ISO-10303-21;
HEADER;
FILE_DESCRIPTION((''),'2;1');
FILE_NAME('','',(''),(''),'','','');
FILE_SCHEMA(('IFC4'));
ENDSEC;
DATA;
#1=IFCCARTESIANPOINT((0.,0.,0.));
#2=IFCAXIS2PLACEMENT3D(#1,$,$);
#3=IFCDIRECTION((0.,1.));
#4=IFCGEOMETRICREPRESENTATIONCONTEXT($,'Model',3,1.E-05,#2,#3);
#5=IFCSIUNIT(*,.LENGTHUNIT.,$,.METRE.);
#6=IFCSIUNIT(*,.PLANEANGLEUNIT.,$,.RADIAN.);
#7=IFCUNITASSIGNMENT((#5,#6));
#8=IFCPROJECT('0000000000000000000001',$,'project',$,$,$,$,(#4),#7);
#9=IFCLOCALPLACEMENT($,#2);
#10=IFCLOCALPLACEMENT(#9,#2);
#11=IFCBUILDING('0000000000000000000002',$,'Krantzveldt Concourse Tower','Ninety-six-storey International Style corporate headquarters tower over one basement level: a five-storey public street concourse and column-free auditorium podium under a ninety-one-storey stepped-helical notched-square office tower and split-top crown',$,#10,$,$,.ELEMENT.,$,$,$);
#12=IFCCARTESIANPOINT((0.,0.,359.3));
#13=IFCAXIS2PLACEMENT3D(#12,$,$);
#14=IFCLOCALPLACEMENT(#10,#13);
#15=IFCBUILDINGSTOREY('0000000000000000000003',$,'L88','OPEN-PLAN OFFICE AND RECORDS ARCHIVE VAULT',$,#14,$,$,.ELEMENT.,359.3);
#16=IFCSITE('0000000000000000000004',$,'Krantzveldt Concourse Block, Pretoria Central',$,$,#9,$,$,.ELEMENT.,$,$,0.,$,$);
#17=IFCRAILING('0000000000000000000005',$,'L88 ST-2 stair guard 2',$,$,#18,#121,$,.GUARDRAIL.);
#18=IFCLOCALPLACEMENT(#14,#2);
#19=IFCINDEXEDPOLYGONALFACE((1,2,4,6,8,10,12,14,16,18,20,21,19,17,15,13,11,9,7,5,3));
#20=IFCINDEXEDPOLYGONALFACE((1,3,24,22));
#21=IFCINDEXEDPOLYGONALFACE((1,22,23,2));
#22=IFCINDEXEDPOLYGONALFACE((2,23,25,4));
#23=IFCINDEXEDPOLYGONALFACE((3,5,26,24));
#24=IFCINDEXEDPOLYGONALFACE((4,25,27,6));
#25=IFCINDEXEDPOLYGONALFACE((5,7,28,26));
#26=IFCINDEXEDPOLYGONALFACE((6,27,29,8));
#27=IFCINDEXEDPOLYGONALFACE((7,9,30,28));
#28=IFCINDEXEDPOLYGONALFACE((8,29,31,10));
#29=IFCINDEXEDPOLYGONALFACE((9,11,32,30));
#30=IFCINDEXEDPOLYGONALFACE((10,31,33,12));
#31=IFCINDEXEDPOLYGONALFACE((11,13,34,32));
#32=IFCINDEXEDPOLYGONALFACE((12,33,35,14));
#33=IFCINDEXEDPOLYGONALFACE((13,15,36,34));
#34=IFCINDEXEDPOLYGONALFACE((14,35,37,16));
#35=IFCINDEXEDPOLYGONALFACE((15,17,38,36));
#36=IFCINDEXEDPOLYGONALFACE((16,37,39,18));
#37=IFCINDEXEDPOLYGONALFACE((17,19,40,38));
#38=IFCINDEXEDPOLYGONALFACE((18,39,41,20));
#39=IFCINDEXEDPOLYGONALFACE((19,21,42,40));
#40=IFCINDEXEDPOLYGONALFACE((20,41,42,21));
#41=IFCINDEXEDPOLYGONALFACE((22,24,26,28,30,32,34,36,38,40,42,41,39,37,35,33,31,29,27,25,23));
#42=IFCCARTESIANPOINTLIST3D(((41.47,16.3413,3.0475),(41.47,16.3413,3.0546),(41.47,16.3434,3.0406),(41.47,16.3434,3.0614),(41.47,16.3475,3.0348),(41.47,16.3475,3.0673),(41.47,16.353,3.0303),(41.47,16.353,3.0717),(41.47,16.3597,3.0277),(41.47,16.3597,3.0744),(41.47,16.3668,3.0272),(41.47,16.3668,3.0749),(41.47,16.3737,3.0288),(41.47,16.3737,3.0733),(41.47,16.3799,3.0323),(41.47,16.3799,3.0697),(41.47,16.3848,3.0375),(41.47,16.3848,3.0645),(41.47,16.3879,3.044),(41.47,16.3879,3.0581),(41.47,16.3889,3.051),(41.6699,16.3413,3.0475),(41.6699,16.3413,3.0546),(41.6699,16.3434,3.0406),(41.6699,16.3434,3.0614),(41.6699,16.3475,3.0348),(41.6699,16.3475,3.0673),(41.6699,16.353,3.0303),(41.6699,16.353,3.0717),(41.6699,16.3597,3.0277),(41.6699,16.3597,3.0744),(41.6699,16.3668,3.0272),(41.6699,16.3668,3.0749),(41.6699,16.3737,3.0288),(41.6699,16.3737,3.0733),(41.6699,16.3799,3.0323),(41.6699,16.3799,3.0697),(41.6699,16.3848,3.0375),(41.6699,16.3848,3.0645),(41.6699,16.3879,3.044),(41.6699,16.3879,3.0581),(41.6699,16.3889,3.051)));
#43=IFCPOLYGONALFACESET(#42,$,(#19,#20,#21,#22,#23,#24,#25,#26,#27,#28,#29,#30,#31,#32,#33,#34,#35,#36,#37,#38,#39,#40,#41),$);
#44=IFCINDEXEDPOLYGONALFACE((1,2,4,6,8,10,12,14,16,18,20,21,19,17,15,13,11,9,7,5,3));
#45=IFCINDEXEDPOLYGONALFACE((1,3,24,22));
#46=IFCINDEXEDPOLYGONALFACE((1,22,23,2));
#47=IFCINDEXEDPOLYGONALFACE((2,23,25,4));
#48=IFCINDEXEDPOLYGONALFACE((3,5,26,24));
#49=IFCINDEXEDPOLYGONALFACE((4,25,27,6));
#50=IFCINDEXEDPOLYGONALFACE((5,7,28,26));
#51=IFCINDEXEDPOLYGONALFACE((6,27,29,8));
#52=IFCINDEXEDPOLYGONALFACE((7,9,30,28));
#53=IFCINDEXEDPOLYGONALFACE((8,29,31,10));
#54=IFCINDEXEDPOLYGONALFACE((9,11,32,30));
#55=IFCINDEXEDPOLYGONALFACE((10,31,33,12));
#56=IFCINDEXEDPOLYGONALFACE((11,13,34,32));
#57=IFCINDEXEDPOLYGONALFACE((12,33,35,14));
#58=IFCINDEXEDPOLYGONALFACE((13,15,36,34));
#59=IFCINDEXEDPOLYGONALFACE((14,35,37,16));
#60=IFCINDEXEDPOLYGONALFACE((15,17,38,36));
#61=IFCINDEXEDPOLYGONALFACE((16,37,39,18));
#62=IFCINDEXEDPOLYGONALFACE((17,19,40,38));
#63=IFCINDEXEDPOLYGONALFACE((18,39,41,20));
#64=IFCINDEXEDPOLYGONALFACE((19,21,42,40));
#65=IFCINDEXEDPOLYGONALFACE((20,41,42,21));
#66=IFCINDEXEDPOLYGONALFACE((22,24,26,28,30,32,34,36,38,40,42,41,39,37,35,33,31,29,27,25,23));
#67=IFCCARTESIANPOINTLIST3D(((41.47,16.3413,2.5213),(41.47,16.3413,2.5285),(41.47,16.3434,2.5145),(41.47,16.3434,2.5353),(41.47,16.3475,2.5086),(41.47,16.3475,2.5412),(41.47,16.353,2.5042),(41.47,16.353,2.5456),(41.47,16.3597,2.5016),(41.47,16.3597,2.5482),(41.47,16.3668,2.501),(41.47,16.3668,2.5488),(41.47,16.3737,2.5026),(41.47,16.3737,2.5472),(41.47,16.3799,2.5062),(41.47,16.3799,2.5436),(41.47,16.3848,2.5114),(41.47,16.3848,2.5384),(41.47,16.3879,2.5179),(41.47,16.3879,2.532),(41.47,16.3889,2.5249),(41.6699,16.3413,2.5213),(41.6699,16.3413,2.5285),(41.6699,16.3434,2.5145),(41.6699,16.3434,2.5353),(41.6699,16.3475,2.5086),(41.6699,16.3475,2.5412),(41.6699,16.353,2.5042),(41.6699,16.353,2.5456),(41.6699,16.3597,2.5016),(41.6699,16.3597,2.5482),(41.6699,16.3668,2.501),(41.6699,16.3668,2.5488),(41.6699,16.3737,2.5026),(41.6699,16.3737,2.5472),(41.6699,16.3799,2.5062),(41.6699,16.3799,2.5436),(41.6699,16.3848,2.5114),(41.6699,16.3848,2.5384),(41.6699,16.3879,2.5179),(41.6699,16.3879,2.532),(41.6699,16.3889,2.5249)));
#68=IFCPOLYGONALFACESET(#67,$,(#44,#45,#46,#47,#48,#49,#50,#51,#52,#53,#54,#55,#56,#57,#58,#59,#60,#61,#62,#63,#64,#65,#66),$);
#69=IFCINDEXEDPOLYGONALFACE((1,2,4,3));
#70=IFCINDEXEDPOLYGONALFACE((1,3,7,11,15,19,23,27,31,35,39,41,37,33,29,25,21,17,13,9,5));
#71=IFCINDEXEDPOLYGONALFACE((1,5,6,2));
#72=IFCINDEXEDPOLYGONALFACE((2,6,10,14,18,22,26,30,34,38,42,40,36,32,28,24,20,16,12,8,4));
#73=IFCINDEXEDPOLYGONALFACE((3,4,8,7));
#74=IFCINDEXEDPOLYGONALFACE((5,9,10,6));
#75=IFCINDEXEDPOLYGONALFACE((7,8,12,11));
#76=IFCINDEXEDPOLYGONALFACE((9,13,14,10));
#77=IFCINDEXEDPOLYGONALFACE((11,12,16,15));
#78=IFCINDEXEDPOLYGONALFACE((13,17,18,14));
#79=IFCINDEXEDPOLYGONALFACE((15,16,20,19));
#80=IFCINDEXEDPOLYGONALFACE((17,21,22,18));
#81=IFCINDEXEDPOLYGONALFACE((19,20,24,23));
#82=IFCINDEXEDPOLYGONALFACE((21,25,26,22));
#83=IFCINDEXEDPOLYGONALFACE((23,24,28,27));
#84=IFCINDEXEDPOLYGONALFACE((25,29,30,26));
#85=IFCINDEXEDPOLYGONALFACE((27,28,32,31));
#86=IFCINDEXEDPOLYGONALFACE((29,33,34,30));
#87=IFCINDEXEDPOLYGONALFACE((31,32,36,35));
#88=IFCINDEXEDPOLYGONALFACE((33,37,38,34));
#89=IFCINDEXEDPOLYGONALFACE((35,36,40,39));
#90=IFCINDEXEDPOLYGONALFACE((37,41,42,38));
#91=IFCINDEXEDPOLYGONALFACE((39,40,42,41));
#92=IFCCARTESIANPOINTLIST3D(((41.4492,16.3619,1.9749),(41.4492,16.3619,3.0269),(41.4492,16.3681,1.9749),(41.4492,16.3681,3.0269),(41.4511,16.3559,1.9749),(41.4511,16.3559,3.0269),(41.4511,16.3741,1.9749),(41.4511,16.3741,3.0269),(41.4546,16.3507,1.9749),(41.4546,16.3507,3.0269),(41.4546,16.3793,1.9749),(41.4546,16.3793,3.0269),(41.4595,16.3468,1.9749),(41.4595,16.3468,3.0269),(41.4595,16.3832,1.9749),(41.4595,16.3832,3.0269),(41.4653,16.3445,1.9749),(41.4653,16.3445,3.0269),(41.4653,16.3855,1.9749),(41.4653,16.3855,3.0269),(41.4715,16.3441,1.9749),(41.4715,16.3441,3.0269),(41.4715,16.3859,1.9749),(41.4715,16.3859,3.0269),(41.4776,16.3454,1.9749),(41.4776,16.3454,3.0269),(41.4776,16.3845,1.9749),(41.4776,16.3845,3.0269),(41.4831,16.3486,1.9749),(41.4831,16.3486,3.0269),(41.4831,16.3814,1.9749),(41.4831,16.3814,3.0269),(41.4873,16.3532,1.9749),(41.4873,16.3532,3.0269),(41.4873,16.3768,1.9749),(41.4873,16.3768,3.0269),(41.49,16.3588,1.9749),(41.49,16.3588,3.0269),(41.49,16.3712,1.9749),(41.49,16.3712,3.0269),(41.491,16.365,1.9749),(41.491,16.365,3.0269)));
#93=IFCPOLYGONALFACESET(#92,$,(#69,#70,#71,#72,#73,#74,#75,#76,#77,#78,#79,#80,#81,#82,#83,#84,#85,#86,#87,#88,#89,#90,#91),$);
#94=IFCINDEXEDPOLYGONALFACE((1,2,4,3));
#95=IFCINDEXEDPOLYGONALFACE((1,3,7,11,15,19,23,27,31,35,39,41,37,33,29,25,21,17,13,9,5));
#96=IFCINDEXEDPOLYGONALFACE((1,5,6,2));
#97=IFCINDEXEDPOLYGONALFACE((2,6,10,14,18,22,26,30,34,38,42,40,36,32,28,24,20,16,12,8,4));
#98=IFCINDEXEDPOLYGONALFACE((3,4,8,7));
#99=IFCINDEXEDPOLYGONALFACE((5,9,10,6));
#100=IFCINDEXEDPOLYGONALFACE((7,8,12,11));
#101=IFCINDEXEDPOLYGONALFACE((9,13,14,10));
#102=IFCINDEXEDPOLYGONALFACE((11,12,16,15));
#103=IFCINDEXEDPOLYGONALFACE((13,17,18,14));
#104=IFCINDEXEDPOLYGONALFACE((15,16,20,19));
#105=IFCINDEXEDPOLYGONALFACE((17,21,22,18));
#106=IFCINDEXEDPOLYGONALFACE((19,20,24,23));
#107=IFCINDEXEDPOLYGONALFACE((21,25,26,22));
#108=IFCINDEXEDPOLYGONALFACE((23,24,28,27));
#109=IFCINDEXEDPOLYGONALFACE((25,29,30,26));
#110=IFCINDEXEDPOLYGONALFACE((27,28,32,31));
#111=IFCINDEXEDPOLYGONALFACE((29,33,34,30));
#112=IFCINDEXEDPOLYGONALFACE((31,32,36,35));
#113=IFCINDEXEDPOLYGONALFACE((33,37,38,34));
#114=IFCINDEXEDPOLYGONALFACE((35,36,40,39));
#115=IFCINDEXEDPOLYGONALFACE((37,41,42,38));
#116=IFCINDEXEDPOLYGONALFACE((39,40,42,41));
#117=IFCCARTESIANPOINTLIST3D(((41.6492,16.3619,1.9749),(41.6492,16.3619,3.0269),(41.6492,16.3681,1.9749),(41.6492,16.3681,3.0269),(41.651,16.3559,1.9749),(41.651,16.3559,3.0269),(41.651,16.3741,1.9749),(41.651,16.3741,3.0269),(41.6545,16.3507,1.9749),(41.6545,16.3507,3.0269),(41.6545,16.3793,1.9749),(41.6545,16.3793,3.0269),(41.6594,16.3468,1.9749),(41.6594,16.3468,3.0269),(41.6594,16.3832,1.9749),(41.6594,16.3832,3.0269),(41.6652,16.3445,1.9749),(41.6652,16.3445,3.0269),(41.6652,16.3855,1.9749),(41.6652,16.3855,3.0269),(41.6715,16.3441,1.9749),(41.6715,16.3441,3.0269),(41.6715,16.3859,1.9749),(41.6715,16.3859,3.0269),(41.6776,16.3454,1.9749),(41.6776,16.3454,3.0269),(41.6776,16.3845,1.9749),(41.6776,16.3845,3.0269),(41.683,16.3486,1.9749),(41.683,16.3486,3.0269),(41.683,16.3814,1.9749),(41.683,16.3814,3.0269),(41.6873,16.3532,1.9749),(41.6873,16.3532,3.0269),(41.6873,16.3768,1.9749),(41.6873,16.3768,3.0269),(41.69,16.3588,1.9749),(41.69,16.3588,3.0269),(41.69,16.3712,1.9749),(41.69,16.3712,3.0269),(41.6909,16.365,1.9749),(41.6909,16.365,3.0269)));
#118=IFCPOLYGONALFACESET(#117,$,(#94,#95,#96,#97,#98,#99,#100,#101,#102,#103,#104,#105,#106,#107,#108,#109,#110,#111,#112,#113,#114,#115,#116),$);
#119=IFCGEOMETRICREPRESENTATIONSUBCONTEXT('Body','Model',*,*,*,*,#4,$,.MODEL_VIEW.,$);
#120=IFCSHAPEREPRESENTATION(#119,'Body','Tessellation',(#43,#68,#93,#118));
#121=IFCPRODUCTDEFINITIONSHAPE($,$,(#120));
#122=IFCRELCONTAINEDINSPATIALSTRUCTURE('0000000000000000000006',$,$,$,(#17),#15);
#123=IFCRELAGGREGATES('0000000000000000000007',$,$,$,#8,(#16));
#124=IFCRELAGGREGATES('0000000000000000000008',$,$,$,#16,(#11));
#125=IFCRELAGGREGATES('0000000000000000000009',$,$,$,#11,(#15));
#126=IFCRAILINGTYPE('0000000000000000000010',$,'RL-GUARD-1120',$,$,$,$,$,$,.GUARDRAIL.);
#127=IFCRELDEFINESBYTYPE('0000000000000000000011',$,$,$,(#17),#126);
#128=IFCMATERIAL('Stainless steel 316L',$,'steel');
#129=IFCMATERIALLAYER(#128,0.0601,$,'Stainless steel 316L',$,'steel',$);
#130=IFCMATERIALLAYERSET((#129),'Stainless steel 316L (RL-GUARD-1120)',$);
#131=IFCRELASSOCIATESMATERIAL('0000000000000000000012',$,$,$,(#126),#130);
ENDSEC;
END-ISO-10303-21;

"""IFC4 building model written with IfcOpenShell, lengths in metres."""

from ifc_helpers import new_model, si_unit, direction, frame, origin, origin_2d, place, context, subcontext, project, spatial, circle, extrude, material, layer, layer_set, type_object, element, save


model = new_model("IFC4")

# Units and contexts
model_context = context("Model", 3, precision=1e-05, world=origin(), true_north=direction((0.0, 1.0)))
body_context = subcontext(model_context, "Body", "Model", "MODEL_VIEW")
ifc_project = project(units=[si_unit("LENGTHUNIT", "METRE"), si_unit("PLANEANGLEUNIT", "RADIAN")], contexts=[model_context])

# Site, building, storey
site_placement = place(None, origin())
site = spatial("IfcSite", under=ifc_project, at=site_placement, Name="Krantzveldt Concourse Block, Pretoria Central", CompositionType="ELEMENT", RefElevation=0.0)
building_placement = place(site_placement, origin())
building = spatial("IfcBuilding", under=site, at=building_placement, Name="Krantzveldt Concourse Tower", Description="Ninety-six-storey International Style corporate headquarters tower over one basement level: a five-storey public street concourse and column-free auditorium podium under a ninety-one-storey stepped-helical notched-square office tower and split-top crown", CompositionType="ELEMENT")
storey_placement = place(building_placement, frame((0.0, 0.0, 359.3)))
storey = spatial("IfcBuildingStorey", under=building, at=storey_placement, Name="L88", Description="OPEN-PLAN OFFICE AND RECORDS ARCHIVE VAULT", CompositionType="ELEMENT", Elevation=359.3)

# Shared definitions
ifc_material_1 = material(Name="Stainless steel 316L", Category="steel")

# Railing
ifc_layer_1 = layer(ifc_material_1, 0.0601, Name="Stainless steel 316L", Category="steel")
ifc_layer_set_1 = layer_set([ifc_layer_1], Name="Stainless steel 316L (RL-GUARD-1120)")
railing_type_1 = type_object("IfcRailingType", Name="RL-GUARD-1120", PredefinedType="GUARDRAIL", material=ifc_layer_set_1)
for number, where, name in (
    (1, (41.47, 16.365, 1.9749), "L88 ST-2 stair guard 2"),
):
    element("IfcRailing", number, at=place(storey_placement, frame(where)), inside=storey, type_object=railing_type_1, Name=name, PredefinedType="GUARDRAIL", context=body_context, shape_type="SweptSolid", body=[
        extrude(circle(Radius=0.0239, at=origin_2d()), frame((0.0, 0.0, 1.0762), z_axis=(1.0, 0.0, 0.0), x_axis=(0.0, 1.0, 0.0)), (0.0, 0.0, 1.0), 0.2),
        extrude(circle(Radius=0.0239, at=origin_2d()), frame((0.0, 0.0, 0.55), z_axis=(1.0, 0.0, 0.0), x_axis=(0.0, 1.0, 0.0)), (0.0, 0.0, 1.0), 0.2),
        extrude(circle(Radius=0.021, at=origin_2d()), origin(), (0.0, 0.0, 1.0), 1.052),
        extrude(circle(Radius=0.021, at=origin_2d()), frame((0.2, 0.0, 0.0)), (0.0, 0.0, 1.0), 1.052),
    ])

save(model, "model.ifc")
